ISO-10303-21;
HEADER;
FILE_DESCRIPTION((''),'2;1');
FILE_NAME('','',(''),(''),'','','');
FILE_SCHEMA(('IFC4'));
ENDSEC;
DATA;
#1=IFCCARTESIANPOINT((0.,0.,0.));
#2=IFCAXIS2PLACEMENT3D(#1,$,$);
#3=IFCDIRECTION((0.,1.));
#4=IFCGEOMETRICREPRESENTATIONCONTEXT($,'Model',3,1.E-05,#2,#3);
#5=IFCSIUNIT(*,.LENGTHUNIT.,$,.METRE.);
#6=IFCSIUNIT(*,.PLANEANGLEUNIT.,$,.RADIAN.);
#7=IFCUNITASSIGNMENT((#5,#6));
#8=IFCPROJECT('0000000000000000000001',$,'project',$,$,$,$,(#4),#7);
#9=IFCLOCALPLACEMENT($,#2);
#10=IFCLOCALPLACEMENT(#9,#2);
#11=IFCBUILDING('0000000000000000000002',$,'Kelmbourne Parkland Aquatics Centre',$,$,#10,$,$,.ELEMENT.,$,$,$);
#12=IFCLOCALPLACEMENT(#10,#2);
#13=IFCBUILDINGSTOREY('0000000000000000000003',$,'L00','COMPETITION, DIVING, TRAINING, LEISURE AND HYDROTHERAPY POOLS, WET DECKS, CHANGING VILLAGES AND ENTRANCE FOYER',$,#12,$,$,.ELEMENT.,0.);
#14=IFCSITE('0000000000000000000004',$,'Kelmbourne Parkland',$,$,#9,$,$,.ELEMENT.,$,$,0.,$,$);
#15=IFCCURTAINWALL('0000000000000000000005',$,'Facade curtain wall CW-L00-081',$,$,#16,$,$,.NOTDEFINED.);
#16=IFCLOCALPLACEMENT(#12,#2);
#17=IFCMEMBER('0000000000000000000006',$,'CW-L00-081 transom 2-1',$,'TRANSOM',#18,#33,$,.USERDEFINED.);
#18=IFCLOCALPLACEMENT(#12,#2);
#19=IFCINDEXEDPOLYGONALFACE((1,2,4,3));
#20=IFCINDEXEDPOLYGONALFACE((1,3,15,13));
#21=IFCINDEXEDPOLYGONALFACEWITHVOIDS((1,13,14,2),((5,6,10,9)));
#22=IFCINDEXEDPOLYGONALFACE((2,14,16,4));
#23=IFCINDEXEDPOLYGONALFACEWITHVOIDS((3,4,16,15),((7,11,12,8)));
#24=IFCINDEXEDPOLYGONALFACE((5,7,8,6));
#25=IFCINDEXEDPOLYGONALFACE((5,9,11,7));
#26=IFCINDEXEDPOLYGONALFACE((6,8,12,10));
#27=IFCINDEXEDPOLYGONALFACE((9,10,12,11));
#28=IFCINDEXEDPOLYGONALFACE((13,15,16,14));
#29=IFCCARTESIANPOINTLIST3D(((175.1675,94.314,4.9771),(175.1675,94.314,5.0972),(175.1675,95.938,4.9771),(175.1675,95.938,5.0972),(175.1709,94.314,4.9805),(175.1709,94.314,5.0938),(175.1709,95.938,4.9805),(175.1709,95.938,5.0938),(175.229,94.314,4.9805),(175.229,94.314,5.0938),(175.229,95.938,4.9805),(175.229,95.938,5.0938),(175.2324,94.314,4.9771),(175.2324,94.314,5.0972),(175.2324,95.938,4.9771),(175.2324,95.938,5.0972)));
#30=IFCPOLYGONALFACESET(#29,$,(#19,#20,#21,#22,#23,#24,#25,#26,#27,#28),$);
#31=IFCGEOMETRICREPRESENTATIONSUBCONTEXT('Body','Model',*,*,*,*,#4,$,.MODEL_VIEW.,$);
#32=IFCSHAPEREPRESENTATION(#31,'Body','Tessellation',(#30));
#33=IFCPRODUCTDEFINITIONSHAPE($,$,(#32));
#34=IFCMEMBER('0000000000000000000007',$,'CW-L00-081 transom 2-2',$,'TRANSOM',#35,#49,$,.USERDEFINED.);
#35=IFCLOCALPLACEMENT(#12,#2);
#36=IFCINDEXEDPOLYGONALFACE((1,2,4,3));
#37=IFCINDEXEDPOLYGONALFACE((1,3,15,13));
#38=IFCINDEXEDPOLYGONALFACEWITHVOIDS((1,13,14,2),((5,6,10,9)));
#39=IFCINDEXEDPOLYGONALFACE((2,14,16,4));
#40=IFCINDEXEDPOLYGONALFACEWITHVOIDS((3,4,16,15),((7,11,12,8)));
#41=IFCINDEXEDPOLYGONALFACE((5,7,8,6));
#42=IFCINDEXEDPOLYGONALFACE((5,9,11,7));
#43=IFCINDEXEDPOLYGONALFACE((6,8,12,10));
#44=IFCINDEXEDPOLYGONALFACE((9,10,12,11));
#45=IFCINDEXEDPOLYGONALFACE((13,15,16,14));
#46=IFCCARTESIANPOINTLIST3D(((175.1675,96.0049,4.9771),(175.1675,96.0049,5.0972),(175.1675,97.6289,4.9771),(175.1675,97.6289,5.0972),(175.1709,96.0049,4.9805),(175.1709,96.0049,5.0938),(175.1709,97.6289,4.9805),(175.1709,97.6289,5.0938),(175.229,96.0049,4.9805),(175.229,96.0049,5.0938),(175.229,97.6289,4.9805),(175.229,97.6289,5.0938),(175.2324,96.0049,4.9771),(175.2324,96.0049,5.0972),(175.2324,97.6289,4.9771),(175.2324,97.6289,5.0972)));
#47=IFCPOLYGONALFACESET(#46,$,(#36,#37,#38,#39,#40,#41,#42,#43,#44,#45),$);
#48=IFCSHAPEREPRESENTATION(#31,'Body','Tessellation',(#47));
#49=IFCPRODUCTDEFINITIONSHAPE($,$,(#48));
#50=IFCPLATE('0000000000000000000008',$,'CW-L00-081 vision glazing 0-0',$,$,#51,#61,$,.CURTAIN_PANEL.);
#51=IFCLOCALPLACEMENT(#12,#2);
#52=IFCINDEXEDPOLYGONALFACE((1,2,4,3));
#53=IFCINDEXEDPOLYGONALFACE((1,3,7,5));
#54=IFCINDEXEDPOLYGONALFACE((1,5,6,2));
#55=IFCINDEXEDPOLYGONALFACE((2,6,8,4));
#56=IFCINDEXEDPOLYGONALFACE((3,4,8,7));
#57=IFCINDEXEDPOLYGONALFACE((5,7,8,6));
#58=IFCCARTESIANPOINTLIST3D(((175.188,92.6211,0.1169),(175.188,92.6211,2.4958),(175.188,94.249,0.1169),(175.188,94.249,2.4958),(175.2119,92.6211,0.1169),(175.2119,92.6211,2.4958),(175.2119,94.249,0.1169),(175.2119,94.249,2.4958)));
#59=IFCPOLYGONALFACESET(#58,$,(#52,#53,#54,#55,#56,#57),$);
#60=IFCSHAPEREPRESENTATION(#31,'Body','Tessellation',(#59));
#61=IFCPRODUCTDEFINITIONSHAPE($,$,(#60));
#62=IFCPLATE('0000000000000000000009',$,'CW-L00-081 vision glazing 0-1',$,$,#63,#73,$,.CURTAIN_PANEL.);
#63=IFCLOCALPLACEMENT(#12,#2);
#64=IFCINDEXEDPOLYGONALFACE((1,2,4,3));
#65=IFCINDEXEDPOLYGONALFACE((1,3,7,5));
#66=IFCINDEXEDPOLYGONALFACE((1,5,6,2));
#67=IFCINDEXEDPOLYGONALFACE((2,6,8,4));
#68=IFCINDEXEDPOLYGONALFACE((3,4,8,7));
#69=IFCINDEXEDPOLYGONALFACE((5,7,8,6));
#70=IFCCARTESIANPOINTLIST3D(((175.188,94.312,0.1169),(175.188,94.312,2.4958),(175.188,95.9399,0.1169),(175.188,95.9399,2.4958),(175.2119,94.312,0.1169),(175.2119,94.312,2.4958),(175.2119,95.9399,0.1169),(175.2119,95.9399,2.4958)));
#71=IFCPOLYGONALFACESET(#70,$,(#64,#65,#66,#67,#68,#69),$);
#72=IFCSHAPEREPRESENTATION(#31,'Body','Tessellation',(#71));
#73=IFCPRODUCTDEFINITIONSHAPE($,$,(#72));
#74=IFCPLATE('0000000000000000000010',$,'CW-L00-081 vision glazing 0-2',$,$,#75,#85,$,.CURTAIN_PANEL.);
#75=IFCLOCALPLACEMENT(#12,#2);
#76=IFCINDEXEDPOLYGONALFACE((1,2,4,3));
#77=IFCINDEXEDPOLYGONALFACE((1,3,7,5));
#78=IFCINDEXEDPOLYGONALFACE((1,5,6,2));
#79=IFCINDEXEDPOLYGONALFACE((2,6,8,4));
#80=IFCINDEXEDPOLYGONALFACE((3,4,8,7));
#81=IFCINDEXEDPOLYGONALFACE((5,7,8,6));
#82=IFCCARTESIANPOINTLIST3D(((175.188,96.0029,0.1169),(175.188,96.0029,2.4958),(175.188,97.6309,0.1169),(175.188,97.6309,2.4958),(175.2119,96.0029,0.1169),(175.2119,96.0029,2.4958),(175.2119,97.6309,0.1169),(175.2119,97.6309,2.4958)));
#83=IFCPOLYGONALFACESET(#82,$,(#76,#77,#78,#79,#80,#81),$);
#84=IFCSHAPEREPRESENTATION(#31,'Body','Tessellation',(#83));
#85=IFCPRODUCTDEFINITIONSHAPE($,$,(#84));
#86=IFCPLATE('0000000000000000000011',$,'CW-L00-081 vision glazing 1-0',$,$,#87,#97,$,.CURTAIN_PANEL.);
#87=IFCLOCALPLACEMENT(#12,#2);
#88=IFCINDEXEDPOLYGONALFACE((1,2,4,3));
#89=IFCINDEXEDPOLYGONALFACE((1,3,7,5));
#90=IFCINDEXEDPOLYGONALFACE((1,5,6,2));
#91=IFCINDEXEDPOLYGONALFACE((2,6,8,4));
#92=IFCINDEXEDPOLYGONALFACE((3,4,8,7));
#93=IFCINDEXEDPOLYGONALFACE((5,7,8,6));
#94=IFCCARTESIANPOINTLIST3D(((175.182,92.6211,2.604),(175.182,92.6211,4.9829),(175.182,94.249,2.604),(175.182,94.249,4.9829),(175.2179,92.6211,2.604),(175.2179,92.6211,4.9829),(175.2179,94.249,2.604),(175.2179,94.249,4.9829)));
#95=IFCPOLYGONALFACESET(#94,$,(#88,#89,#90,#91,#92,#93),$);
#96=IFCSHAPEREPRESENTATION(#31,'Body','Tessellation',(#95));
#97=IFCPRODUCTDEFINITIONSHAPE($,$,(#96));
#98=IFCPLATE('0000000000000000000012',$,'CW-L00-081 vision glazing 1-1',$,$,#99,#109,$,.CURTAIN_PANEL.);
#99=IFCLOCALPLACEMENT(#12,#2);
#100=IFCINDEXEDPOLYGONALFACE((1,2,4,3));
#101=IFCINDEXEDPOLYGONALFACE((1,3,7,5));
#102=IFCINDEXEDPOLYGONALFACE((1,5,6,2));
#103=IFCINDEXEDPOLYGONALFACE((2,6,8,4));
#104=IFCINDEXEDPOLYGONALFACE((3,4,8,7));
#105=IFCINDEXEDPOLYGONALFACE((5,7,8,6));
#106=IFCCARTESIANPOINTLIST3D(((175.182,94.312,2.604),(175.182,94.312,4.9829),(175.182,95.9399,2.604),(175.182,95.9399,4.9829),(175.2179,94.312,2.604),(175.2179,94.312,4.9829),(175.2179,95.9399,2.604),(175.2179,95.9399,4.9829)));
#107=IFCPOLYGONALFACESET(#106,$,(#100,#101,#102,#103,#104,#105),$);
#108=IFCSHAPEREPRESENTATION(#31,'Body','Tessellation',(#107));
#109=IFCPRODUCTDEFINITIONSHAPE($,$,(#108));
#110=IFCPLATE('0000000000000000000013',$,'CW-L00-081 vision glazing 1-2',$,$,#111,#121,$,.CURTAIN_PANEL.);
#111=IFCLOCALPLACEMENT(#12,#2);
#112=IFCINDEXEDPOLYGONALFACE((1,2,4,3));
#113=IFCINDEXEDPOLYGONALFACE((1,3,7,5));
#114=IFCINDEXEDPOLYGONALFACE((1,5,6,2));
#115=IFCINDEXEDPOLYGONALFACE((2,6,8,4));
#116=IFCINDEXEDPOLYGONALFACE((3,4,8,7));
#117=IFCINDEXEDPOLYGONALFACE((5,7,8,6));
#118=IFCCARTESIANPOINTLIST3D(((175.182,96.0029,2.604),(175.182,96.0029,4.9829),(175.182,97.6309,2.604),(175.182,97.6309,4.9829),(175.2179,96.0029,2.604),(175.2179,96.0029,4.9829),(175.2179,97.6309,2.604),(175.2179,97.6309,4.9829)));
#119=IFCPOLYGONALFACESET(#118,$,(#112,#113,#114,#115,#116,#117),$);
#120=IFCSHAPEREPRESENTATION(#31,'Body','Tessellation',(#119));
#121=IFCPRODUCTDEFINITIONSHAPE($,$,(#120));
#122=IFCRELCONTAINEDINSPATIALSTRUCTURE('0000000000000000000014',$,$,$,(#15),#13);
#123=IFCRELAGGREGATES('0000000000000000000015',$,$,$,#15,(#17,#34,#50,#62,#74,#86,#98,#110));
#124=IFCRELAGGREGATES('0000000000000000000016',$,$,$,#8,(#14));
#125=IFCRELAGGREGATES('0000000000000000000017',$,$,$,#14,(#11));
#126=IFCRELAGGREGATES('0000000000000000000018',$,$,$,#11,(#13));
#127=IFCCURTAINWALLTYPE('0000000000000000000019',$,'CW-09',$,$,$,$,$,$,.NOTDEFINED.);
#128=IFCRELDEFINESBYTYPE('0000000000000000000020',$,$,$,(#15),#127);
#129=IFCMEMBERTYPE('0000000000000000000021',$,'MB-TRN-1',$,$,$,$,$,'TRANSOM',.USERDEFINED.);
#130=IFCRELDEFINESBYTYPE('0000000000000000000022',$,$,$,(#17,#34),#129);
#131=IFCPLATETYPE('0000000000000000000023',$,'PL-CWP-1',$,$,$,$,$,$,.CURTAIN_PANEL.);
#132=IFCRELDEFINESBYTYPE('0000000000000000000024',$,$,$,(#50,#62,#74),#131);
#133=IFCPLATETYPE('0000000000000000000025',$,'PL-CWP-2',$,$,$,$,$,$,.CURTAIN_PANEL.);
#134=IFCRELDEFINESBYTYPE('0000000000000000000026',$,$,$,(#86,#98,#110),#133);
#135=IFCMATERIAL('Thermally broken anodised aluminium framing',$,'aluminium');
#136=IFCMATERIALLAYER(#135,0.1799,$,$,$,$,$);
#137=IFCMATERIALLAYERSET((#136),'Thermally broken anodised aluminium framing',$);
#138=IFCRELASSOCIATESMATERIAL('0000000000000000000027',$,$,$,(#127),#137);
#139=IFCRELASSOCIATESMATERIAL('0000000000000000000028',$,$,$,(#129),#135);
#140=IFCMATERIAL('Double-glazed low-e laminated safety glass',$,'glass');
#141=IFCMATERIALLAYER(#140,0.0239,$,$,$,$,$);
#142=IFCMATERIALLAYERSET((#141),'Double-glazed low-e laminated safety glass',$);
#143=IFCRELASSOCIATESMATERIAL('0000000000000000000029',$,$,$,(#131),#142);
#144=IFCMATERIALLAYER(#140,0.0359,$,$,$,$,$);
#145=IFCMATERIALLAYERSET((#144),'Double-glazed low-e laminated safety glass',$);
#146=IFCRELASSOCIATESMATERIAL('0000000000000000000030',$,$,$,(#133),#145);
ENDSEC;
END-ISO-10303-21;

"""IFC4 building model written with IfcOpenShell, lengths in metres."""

from ifc_helpers import new_model, si_unit, direction, frame, origin, origin_2d, place, context, subcontext, project, spatial, rectangle, hollow_rectangle, extrude, material, layer, layer_set, material_profile, profile_set, type_object, element, aggregate, save


model = new_model("IFC4")

# Units and contexts
model_context = context("Model", 3, precision=1e-05, world=origin(), true_north=direction((0.0, 1.0)))
body_context = subcontext(model_context, "Body", "Model", "MODEL_VIEW")
ifc_project = project(units=[si_unit("LENGTHUNIT", "METRE"), si_unit("PLANEANGLEUNIT", "RADIAN")], contexts=[model_context])

# Site, building, storey
site_placement = place(None, origin())
site = spatial("IfcSite", under=ifc_project, at=site_placement, Name="Kelmbourne Parkland", CompositionType="ELEMENT", RefElevation=0.0)
building_placement = place(site_placement, origin())
building = spatial("IfcBuilding", under=site, at=building_placement, Name="Kelmbourne Parkland Aquatics Centre", CompositionType="ELEMENT")
storey_placement = place(building_placement, origin())
storey = spatial("IfcBuildingStorey", under=building, at=storey_placement, Name="L00", Description="COMPETITION, DIVING, TRAINING, LEISURE AND HYDROTHERAPY POOLS, WET DECKS, CHANGING VILLAGES AND ENTRANCE FOYER", CompositionType="ELEMENT", Elevation=0.0)

# Curtain wall
ifc_material_1 = material(Name="Thermally broken anodised aluminium framing", Category="aluminium")
ifc_layer_1 = layer(ifc_material_1, 0.1799)
ifc_layer_set_1 = layer_set([ifc_layer_1], Name="Thermally broken anodised aluminium framing")
curtain_wall_type_1 = type_object("IfcCurtainWallType", Name="CW-09", PredefinedType="NOTDEFINED", material=ifc_layer_set_1)
curtain_wall_1_placement = place(storey_placement, origin())
curtain_wall_1 = element("IfcCurtainWall", 1, at=curtain_wall_1_placement, inside=storey, type_object=curtain_wall_type_1, Name="Facade curtain wall CW-L00-081", PredefinedType="NOTDEFINED")

# Members
ifc_material_profile_1 = material_profile(ifc_material_1, hollow_rectangle(XDim=0.0649, YDim=0.1201, WallThickness=0.0034, at=origin_2d()), Name="CW-T 65x120")
ifc_profile_set_1 = profile_set([ifc_material_profile_1], Name="Thermally broken anodised aluminium framing")
member_type_1 = type_object("IfcMemberType", Name="MB-TRN-1", ElementType="TRANSOM", PredefinedType="USERDEFINED", material=ifc_profile_set_1)
member_1_placement = place(storey_placement, frame((175.2, 94.314, 5.0371), z_axis=(0.0, 1.0, 0.0), x_axis=(-1.0, 0.0, 0.0)))
member_1 = element("IfcMember", 2, at=member_1_placement, type_object=member_type_1, Name="CW-L00-081 transom 2-1", ObjectType="TRANSOM", PredefinedType="USERDEFINED", context=body_context, shape_type="SweptSolid", body=[
    extrude(hollow_rectangle(XDim=0.0649, YDim=0.1201, WallThickness=0.0034, at=origin_2d()), origin(), (0.0, 0.0, 1.0), 1.624),
])
member_2_placement = place(storey_placement, frame((175.2, 96.0049, 5.0371), z_axis=(0.0, 1.0, 0.0), x_axis=(-1.0, 0.0, 0.0)))
member_2 = element("IfcMember", 3, at=member_2_placement, type_object=member_type_1, Name="CW-L00-081 transom 2-2", ObjectType="TRANSOM", PredefinedType="USERDEFINED", context=body_context, shape_type="SweptSolid", body=[
    extrude(hollow_rectangle(XDim=0.0649, YDim=0.1201, WallThickness=0.0034, at=origin_2d()), origin(), (0.0, 0.0, 1.0), 1.624),
])

# Plates
ifc_material_2 = material(Name="Double-glazed low-e laminated safety glass", Category="glass")
ifc_layer_2 = layer(ifc_material_2, 0.0239)
ifc_layer_set_2 = layer_set([ifc_layer_2], Name="Double-glazed low-e laminated safety glass")
plate_type_1 = type_object("IfcPlateType", Name="PL-CWP-1", PredefinedType="CURTAIN_PANEL", material=ifc_layer_set_2)
plate_1_placement = place(storey_placement, frame((175.2, 93.4351, 0.1169), z_axis=(0.0, 0.0, 1.0), x_axis=(0.0, 1.0, 0.0)))
plate_1 = element("IfcPlate", 4, at=plate_1_placement, type_object=plate_type_1, Name="CW-L00-081 vision glazing 0-0", PredefinedType="CURTAIN_PANEL", context=body_context, shape_type="SweptSolid", body=[
    extrude(rectangle(XDim=1.6279, YDim=0.0239, at=origin_2d()), origin(), (0.0, 0.0, 1.0), 2.3789),
])
plate_2_placement = place(storey_placement, frame((175.2, 95.126, 0.1169), z_axis=(0.0, 0.0, 1.0), x_axis=(0.0, 1.0, 0.0)))
plate_2 = element("IfcPlate", 5, at=plate_2_placement, type_object=plate_type_1, Name="CW-L00-081 vision glazing 0-1", PredefinedType="CURTAIN_PANEL", context=body_context, shape_type="SweptSolid", body=[
    extrude(rectangle(XDim=1.6279, YDim=0.0239, at=origin_2d()), origin(), (0.0, 0.0, 1.0), 2.3789),
])
plate_3_placement = place(storey_placement, frame((175.2, 96.8169, 0.1169), z_axis=(0.0, 0.0, 1.0), x_axis=(0.0, 1.0, 0.0)))
plate_3 = element("IfcPlate", 6, at=plate_3_placement, type_object=plate_type_1, Name="CW-L00-081 vision glazing 0-2", PredefinedType="CURTAIN_PANEL", context=body_context, shape_type="SweptSolid", body=[
    extrude(rectangle(XDim=1.6279, YDim=0.0239, at=origin_2d()), origin(), (0.0, 0.0, 1.0), 2.3789),
])
ifc_layer_3 = layer(ifc_material_2, 0.0359)
ifc_layer_set_3 = layer_set([ifc_layer_3], Name="Double-glazed low-e laminated safety glass")
plate_type_2 = type_object("IfcPlateType", Name="PL-CWP-2", PredefinedType="CURTAIN_PANEL", material=ifc_layer_set_3)
plate_4_placement = place(storey_placement, frame((175.2, 93.4351, 2.604), z_axis=(0.0, 0.0, 1.0), x_axis=(0.0, 1.0, 0.0)))
plate_4 = element("IfcPlate", 7, at=plate_4_placement, type_object=plate_type_2, Name="CW-L00-081 vision glazing 1-0", PredefinedType="CURTAIN_PANEL", context=body_context, shape_type="SweptSolid", body=[
    extrude(rectangle(XDim=1.6279, YDim=0.0359, at=origin_2d()), origin(), (0.0, 0.0, 1.0), 2.3789),
])
plate_5_placement = place(storey_placement, frame((175.2, 95.126, 2.604), z_axis=(0.0, 0.0, 1.0), x_axis=(0.0, 1.0, 0.0)))
plate_5 = element("IfcPlate", 8, at=plate_5_placement, type_object=plate_type_2, Name="CW-L00-081 vision glazing 1-1", PredefinedType="CURTAIN_PANEL", context=body_context, shape_type="SweptSolid", body=[
    extrude(rectangle(XDim=1.6279, YDim=0.0359, at=origin_2d()), origin(), (0.0, 0.0, 1.0), 2.3789),
])
plate_6_placement = place(storey_placement, frame((175.2, 96.8169, 2.604), z_axis=(0.0, 0.0, 1.0), x_axis=(0.0, 1.0, 0.0)))
plate_6 = element("IfcPlate", 9, at=plate_6_placement, type_object=plate_type_2, Name="CW-L00-081 vision glazing 1-2", PredefinedType="CURTAIN_PANEL", context=body_context, shape_type="SweptSolid", body=[
    extrude(rectangle(XDim=1.6279, YDim=0.0359, at=origin_2d()), origin(), (0.0, 0.0, 1.0), 2.3789),
])
aggregate(curtain_wall_1, [member_1, member_2, plate_1, plate_2, plate_3, plate_4, plate_5, plate_6])

save(model, "model.ifc")
